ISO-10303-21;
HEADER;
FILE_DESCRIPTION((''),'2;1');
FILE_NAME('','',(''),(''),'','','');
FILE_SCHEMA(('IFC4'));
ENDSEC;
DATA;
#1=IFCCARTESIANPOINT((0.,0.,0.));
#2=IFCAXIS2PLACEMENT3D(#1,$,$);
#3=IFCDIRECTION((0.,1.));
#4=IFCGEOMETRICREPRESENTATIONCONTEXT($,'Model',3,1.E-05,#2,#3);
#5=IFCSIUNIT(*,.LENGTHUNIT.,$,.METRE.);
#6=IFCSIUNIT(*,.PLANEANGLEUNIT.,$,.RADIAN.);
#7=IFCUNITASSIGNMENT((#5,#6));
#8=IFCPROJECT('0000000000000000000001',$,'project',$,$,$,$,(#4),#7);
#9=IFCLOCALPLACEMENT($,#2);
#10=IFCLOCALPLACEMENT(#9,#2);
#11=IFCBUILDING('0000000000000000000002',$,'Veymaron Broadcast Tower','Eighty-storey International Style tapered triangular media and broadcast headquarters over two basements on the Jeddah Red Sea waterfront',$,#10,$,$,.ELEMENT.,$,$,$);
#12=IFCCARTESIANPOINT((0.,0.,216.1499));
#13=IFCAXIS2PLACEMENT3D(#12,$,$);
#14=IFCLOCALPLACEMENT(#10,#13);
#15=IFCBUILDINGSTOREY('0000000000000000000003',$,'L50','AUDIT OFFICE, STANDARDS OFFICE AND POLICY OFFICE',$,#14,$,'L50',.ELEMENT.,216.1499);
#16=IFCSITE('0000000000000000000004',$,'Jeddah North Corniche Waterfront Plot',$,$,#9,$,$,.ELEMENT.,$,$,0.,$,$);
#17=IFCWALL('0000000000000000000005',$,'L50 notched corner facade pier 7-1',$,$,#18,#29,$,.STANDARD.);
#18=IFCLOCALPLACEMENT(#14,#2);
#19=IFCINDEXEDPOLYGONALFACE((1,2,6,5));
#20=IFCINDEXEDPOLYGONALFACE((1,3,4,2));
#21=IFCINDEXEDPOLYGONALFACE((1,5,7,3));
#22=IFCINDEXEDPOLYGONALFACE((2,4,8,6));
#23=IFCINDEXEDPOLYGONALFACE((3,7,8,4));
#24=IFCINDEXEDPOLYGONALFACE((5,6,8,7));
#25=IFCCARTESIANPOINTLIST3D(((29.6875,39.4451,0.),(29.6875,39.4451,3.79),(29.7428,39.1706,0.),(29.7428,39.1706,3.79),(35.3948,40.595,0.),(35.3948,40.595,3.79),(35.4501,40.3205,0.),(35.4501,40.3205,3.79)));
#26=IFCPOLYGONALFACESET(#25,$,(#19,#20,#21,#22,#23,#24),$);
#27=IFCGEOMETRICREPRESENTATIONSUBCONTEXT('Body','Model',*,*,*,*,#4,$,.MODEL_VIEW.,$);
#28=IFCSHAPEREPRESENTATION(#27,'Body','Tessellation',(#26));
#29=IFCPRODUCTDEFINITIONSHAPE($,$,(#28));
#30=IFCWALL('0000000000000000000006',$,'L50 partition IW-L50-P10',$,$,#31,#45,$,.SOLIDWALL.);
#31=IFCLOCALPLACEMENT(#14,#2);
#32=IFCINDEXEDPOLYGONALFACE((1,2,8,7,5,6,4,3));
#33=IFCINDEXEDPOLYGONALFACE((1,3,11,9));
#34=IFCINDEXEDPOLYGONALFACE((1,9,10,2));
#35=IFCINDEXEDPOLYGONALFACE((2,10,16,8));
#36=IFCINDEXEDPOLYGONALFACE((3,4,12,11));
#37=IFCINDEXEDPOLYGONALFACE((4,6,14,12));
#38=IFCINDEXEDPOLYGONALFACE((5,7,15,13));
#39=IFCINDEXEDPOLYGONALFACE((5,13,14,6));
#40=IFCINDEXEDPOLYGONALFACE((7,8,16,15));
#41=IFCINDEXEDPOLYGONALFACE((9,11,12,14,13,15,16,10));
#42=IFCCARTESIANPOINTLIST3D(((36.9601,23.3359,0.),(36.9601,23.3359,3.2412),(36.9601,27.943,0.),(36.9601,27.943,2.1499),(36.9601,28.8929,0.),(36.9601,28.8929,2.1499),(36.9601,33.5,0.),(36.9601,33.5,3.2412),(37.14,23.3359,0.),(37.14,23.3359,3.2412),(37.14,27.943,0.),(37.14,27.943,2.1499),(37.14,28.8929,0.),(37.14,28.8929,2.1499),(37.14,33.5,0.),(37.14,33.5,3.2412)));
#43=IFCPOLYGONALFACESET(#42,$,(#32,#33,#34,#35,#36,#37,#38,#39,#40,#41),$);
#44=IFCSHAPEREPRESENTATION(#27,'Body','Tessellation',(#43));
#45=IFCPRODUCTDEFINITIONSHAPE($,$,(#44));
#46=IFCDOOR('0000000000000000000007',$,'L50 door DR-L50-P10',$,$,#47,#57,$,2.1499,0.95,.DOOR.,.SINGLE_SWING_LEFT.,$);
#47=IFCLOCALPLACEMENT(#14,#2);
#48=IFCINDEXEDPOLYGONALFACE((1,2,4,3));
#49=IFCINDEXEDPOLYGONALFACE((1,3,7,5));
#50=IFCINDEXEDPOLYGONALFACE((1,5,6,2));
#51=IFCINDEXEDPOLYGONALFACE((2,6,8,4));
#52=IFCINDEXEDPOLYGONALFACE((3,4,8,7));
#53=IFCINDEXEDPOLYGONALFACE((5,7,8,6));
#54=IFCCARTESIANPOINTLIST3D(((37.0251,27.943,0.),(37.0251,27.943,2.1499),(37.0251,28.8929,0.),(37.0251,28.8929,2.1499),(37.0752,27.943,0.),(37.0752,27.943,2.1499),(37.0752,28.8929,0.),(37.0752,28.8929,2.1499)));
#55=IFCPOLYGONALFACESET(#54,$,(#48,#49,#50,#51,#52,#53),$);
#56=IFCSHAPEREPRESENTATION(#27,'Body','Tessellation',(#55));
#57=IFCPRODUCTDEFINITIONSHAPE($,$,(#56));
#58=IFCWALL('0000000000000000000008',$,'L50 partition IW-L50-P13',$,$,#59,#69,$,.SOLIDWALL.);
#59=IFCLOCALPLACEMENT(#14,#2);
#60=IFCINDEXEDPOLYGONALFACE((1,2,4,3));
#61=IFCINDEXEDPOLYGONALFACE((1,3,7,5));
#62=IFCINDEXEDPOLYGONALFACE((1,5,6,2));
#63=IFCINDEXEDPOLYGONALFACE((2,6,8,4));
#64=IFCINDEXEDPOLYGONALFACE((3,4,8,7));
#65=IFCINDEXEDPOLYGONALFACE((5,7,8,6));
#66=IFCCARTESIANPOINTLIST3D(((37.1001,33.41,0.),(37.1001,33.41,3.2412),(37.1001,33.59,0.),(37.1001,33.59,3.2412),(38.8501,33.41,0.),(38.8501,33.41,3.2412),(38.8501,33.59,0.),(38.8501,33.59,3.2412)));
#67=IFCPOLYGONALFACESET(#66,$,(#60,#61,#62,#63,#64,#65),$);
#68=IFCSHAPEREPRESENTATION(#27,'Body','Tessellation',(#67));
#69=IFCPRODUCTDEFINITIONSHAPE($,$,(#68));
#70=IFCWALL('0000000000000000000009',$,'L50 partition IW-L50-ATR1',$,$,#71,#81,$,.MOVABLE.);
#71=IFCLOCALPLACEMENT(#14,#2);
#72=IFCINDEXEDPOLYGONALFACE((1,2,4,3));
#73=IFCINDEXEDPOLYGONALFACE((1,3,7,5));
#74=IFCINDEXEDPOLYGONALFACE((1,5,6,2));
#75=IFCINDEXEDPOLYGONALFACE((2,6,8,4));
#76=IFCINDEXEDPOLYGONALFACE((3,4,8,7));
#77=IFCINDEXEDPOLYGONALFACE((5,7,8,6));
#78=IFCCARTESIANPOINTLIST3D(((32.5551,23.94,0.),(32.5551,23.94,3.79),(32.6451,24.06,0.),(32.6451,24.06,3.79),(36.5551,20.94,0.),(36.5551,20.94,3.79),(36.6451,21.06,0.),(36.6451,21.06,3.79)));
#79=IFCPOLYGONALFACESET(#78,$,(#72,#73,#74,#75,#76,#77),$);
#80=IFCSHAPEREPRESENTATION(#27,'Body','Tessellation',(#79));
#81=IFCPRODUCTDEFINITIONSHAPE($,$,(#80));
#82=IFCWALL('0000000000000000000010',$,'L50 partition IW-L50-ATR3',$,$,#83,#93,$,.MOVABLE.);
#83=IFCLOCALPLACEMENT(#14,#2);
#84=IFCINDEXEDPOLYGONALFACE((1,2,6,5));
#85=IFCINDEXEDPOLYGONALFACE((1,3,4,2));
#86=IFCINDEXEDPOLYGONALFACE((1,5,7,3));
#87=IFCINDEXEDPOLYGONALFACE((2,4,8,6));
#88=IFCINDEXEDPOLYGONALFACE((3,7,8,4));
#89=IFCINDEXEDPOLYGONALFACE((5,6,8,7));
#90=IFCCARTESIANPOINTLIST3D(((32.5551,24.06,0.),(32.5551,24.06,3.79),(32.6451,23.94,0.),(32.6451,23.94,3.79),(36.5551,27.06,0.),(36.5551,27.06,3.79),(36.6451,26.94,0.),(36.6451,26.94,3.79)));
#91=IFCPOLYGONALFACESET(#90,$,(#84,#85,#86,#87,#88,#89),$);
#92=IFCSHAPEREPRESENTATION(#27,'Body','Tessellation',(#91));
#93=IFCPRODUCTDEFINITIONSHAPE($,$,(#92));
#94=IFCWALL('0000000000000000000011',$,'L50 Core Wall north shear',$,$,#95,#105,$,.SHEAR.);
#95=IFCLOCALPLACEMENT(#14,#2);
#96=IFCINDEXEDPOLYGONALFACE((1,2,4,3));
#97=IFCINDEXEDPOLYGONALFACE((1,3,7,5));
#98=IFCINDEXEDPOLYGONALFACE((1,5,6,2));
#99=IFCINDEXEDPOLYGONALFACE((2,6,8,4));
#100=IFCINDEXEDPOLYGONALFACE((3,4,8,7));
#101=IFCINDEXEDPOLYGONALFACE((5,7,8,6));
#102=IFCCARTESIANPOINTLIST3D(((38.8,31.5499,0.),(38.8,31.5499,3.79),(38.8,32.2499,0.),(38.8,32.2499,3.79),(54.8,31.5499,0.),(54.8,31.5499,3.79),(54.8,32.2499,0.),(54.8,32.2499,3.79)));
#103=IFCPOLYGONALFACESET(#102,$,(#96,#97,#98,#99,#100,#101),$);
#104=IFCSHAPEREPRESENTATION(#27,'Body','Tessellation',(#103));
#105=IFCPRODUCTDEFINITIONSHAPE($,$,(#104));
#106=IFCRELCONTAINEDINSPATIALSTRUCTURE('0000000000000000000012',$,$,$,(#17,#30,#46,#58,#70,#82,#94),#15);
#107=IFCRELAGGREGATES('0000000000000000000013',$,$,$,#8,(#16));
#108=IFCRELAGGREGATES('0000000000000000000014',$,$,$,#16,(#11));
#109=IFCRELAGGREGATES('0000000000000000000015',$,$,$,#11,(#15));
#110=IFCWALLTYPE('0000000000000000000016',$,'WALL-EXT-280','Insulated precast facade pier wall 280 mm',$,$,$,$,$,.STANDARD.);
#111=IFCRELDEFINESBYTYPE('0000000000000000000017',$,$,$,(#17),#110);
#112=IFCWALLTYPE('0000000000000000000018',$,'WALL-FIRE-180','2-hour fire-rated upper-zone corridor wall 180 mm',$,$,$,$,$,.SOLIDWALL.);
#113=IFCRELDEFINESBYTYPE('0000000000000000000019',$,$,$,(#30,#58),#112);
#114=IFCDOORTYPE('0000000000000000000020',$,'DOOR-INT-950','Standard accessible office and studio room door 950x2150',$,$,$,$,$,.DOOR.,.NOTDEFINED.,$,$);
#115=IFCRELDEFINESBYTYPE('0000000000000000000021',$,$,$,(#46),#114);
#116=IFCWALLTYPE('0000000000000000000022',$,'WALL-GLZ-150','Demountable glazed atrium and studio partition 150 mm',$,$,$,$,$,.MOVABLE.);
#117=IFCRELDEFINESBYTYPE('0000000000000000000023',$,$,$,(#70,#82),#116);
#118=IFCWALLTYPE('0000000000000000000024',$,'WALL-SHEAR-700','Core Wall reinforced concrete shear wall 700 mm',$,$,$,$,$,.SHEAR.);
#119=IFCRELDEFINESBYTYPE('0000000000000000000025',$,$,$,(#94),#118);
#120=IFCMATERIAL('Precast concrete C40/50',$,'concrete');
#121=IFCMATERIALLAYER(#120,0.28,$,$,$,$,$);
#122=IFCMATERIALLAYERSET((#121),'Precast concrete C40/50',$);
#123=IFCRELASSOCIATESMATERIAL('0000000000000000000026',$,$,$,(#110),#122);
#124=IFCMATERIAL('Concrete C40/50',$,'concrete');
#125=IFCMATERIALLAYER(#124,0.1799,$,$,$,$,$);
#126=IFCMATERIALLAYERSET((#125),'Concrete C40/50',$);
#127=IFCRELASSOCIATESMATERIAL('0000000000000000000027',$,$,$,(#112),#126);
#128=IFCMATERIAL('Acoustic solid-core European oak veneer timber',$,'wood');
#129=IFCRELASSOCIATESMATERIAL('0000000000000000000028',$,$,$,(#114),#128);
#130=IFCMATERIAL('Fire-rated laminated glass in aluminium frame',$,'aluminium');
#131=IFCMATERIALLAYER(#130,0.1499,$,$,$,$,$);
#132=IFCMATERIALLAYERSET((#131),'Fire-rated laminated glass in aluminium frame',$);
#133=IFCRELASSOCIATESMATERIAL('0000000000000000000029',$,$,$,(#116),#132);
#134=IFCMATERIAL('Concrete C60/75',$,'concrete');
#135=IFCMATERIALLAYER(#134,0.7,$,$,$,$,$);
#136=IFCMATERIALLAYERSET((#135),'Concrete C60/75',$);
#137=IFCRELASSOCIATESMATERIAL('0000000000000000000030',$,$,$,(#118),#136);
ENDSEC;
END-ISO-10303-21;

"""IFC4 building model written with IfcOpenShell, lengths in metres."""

from ifc_helpers import new_model, si_unit, direction, frame, frame_2d, origin, place, context, subcontext, project, spatial, rectangle, extrude, material, layer, layer_set, type_object, element, fill, save


model = new_model("IFC4")

# Units and contexts
model_context = context("Model", 3, precision=1e-05, world=origin(), true_north=direction((0.0, 1.0)))
body_context = subcontext(model_context, "Body", "Model", "MODEL_VIEW")
ifc_project = project(units=[si_unit("LENGTHUNIT", "METRE"), si_unit("PLANEANGLEUNIT", "RADIAN")], contexts=[model_context])

# Site, building, storey
site_placement = place(None, origin())
site = spatial("IfcSite", under=ifc_project, at=site_placement, Name="Jeddah North Corniche Waterfront Plot", CompositionType="ELEMENT", RefElevation=0.0)
building_placement = place(site_placement, origin())
building = spatial("IfcBuilding", under=site, at=building_placement, Name="Veymaron Broadcast Tower", Description="Eighty-storey International Style tapered triangular media and broadcast headquarters over two basements on the Jeddah Red Sea waterfront", CompositionType="ELEMENT")
storey_placement = place(building_placement, frame((0.0, 0.0, 216.1499)))
storey = spatial("IfcBuildingStorey", under=building, at=storey_placement, Name="L50", Description="AUDIT OFFICE, STANDARDS OFFICE AND POLICY OFFICE", LongName="L50", CompositionType="ELEMENT", Elevation=216.1499)

# Wall
ifc_material_1 = material(Name="Precast concrete C40/50", Category="concrete")
ifc_layer_1 = layer(ifc_material_1, 0.28)
ifc_layer_set_1 = layer_set([ifc_layer_1], Name="Precast concrete C40/50")
wall_type_1 = type_object("IfcWallType", Name="WALL-EXT-280", Description="Insulated precast facade pier wall 280 mm", PredefinedType="STANDARD", material=ifc_layer_set_1)
wall_1_placement = place(storey_placement, frame((35.4226, 40.4578, 0.0), z_axis=(0.0, 0.0, 1.0), x_axis=(-0.980301, -0.197511, 0.0)))
element("IfcWall", 1, at=wall_1_placement, inside=storey, type_object=wall_type_1, Name="L50 notched corner facade pier 7-1", PredefinedType="STANDARD", context=body_context, shape_type="SweptSolid", body=[
    extrude(rectangle(XDim=5.822, YDim=0.28, at=frame_2d((2.9111, 0.0))), origin(), (0.0, 0.0, 1.0), 3.79),
])

# Wall, opening, door
ifc_material_2 = material(Name="Concrete C40/50", Category="concrete")
ifc_layer_2 = layer(ifc_material_2, 0.1799)
ifc_layer_set_2 = layer_set([ifc_layer_2], Name="Concrete C40/50")
wall_type_2 = type_object("IfcWallType", Name="WALL-FIRE-180", Description="2-hour fire-rated upper-zone corridor wall 180 mm", PredefinedType="SOLIDWALL", material=ifc_layer_set_2)
wall_2_placement = place(storey_placement, frame((37.05, 23.3359, 0.0), z_axis=(0.0, 0.0, 1.0), x_axis=(0.0, 1.0, 0.0)))
wall_2 = element("IfcWall", 2, at=wall_2_placement, inside=storey, type_object=wall_type_2, Name="L50 partition IW-L50-P10", PredefinedType="SOLIDWALL", context=body_context, shape_type="SweptSolid", body=[
    extrude(rectangle(XDim=10.1641, YDim=0.1799, at=frame_2d((5.082, 0.0))), origin(), (0.0, 0.0, 1.0), 3.2412),
])
opening_placement = place(wall_2_placement, frame((4.6069, 0.0, 0.0)))
opening = element("IfcOpeningElement", 3, at=opening_placement, cuts=wall_2, PredefinedType="OPENING", context=body_context, shape_type="SweptSolid", body=[
    extrude(rectangle(XDim=0.95, YDim=2.1499, at=frame_2d((0.4751, 1.075))), frame((0.0, 0.1001, 0.0), z_axis=(0.0, -1.0, 0.0), x_axis=(1.0, 0.0, 0.0)), (0.0, 0.0, 1.0), 0.2),
])
ifc_material_3 = material(Name="Acoustic solid-core European oak veneer timber", Category="wood")
door_type = type_object("IfcDoorType", Name="DOOR-INT-950", Description="Standard accessible office and studio room door 950x2150", OperationType="NOTDEFINED", PredefinedType="DOOR", material=ifc_material_3)
door_placement = place(opening_placement, origin())
door = element("IfcDoor", 4, at=door_placement, inside=storey, type_object=door_type, Name="L50 door DR-L50-P10", OperationType="SINGLE_SWING_LEFT", OverallHeight=2.1499, OverallWidth=0.95, PredefinedType="DOOR", context=body_context, shape_type="SweptSolid", body=[
    extrude(rectangle(XDim=0.95, YDim=2.1499, at=frame_2d((0.4751, 1.075))), frame((0.0, 0.0249, 0.0), z_axis=(0.0, -1.0, 0.0), x_axis=(1.0, 0.0, 0.0)), (0.0, 0.0, 1.0), 0.05),
])
fill(opening, door)

# Walls
wall_3_placement = place(storey_placement, frame((37.1001, 33.5, 0.0), z_axis=(0.0, 0.0, 1.0), x_axis=(1.0, 0.0, 0.0)))
element("IfcWall", 5, at=wall_3_placement, inside=storey, type_object=wall_type_2, Name="L50 partition IW-L50-P13", PredefinedType="SOLIDWALL", context=body_context, shape_type="SweptSolid", body=[
    extrude(rectangle(XDim=1.75, YDim=0.1799, at=frame_2d((0.875, 0.0))), origin(), (0.0, 0.0, 1.0), 3.2412),
])
ifc_material_4 = material(Name="Fire-rated laminated glass in aluminium frame", Category="aluminium")
ifc_layer_3 = layer(ifc_material_4, 0.1499)
ifc_layer_set_3 = layer_set([ifc_layer_3], Name="Fire-rated laminated glass in aluminium frame")
wall_type_3 = type_object("IfcWallType", Name="WALL-GLZ-150", Description="Demountable glazed atrium and studio partition 150 mm", PredefinedType="MOVABLE", material=ifc_layer_set_3)
for number, where, z_axis, x_axis, name in (
    (6, (32.6001, 24.0, 0.0), (0.0, 0.0, 1.0), (0.8, -0.6, 0.0), "L50 partition IW-L50-ATR1"),
    (7, (36.6001, 27.0, 0.0), (0.0, 0.0, 1.0), (-0.8, -0.6, 0.0), "L50 partition IW-L50-ATR3"),
):
    element("IfcWall", number, at=place(storey_placement, frame(where, z_axis=z_axis, x_axis=x_axis)), inside=storey, type_object=wall_type_3, Name=name, PredefinedType="MOVABLE", context=body_context, shape_type="SweptSolid", body=[
        extrude(rectangle(XDim=5.0, YDim=0.1499, at=frame_2d((2.5, 0.0))), origin(), (0.0, 0.0, 1.0), 3.79),
    ])
ifc_material_5 = material(Name="Concrete C60/75", Category="concrete")
ifc_layer_4 = layer(ifc_material_5, 0.7)
ifc_layer_set_4 = layer_set([ifc_layer_4], Name="Concrete C60/75")
wall_type_4 = type_object("IfcWallType", Name="WALL-SHEAR-700", Description="Core Wall reinforced concrete shear wall 700 mm", PredefinedType="SHEAR", material=ifc_layer_set_4)
wall_4_placement = place(storey_placement, frame((38.8, 31.8999, 0.0), z_axis=(0.0, 0.0, 1.0), x_axis=(1.0, 0.0, 0.0)))
element("IfcWall", 8, at=wall_4_placement, inside=storey, type_object=wall_type_4, Name="L50 Core Wall north shear", PredefinedType="SHEAR", context=body_context, shape_type="SweptSolid", body=[
    extrude(rectangle(XDim=16.0, YDim=0.7, at=frame_2d((8.0, 0.0))), origin(), (0.0, 0.0, 1.0), 3.79),
])

save(model, "model.ifc")
